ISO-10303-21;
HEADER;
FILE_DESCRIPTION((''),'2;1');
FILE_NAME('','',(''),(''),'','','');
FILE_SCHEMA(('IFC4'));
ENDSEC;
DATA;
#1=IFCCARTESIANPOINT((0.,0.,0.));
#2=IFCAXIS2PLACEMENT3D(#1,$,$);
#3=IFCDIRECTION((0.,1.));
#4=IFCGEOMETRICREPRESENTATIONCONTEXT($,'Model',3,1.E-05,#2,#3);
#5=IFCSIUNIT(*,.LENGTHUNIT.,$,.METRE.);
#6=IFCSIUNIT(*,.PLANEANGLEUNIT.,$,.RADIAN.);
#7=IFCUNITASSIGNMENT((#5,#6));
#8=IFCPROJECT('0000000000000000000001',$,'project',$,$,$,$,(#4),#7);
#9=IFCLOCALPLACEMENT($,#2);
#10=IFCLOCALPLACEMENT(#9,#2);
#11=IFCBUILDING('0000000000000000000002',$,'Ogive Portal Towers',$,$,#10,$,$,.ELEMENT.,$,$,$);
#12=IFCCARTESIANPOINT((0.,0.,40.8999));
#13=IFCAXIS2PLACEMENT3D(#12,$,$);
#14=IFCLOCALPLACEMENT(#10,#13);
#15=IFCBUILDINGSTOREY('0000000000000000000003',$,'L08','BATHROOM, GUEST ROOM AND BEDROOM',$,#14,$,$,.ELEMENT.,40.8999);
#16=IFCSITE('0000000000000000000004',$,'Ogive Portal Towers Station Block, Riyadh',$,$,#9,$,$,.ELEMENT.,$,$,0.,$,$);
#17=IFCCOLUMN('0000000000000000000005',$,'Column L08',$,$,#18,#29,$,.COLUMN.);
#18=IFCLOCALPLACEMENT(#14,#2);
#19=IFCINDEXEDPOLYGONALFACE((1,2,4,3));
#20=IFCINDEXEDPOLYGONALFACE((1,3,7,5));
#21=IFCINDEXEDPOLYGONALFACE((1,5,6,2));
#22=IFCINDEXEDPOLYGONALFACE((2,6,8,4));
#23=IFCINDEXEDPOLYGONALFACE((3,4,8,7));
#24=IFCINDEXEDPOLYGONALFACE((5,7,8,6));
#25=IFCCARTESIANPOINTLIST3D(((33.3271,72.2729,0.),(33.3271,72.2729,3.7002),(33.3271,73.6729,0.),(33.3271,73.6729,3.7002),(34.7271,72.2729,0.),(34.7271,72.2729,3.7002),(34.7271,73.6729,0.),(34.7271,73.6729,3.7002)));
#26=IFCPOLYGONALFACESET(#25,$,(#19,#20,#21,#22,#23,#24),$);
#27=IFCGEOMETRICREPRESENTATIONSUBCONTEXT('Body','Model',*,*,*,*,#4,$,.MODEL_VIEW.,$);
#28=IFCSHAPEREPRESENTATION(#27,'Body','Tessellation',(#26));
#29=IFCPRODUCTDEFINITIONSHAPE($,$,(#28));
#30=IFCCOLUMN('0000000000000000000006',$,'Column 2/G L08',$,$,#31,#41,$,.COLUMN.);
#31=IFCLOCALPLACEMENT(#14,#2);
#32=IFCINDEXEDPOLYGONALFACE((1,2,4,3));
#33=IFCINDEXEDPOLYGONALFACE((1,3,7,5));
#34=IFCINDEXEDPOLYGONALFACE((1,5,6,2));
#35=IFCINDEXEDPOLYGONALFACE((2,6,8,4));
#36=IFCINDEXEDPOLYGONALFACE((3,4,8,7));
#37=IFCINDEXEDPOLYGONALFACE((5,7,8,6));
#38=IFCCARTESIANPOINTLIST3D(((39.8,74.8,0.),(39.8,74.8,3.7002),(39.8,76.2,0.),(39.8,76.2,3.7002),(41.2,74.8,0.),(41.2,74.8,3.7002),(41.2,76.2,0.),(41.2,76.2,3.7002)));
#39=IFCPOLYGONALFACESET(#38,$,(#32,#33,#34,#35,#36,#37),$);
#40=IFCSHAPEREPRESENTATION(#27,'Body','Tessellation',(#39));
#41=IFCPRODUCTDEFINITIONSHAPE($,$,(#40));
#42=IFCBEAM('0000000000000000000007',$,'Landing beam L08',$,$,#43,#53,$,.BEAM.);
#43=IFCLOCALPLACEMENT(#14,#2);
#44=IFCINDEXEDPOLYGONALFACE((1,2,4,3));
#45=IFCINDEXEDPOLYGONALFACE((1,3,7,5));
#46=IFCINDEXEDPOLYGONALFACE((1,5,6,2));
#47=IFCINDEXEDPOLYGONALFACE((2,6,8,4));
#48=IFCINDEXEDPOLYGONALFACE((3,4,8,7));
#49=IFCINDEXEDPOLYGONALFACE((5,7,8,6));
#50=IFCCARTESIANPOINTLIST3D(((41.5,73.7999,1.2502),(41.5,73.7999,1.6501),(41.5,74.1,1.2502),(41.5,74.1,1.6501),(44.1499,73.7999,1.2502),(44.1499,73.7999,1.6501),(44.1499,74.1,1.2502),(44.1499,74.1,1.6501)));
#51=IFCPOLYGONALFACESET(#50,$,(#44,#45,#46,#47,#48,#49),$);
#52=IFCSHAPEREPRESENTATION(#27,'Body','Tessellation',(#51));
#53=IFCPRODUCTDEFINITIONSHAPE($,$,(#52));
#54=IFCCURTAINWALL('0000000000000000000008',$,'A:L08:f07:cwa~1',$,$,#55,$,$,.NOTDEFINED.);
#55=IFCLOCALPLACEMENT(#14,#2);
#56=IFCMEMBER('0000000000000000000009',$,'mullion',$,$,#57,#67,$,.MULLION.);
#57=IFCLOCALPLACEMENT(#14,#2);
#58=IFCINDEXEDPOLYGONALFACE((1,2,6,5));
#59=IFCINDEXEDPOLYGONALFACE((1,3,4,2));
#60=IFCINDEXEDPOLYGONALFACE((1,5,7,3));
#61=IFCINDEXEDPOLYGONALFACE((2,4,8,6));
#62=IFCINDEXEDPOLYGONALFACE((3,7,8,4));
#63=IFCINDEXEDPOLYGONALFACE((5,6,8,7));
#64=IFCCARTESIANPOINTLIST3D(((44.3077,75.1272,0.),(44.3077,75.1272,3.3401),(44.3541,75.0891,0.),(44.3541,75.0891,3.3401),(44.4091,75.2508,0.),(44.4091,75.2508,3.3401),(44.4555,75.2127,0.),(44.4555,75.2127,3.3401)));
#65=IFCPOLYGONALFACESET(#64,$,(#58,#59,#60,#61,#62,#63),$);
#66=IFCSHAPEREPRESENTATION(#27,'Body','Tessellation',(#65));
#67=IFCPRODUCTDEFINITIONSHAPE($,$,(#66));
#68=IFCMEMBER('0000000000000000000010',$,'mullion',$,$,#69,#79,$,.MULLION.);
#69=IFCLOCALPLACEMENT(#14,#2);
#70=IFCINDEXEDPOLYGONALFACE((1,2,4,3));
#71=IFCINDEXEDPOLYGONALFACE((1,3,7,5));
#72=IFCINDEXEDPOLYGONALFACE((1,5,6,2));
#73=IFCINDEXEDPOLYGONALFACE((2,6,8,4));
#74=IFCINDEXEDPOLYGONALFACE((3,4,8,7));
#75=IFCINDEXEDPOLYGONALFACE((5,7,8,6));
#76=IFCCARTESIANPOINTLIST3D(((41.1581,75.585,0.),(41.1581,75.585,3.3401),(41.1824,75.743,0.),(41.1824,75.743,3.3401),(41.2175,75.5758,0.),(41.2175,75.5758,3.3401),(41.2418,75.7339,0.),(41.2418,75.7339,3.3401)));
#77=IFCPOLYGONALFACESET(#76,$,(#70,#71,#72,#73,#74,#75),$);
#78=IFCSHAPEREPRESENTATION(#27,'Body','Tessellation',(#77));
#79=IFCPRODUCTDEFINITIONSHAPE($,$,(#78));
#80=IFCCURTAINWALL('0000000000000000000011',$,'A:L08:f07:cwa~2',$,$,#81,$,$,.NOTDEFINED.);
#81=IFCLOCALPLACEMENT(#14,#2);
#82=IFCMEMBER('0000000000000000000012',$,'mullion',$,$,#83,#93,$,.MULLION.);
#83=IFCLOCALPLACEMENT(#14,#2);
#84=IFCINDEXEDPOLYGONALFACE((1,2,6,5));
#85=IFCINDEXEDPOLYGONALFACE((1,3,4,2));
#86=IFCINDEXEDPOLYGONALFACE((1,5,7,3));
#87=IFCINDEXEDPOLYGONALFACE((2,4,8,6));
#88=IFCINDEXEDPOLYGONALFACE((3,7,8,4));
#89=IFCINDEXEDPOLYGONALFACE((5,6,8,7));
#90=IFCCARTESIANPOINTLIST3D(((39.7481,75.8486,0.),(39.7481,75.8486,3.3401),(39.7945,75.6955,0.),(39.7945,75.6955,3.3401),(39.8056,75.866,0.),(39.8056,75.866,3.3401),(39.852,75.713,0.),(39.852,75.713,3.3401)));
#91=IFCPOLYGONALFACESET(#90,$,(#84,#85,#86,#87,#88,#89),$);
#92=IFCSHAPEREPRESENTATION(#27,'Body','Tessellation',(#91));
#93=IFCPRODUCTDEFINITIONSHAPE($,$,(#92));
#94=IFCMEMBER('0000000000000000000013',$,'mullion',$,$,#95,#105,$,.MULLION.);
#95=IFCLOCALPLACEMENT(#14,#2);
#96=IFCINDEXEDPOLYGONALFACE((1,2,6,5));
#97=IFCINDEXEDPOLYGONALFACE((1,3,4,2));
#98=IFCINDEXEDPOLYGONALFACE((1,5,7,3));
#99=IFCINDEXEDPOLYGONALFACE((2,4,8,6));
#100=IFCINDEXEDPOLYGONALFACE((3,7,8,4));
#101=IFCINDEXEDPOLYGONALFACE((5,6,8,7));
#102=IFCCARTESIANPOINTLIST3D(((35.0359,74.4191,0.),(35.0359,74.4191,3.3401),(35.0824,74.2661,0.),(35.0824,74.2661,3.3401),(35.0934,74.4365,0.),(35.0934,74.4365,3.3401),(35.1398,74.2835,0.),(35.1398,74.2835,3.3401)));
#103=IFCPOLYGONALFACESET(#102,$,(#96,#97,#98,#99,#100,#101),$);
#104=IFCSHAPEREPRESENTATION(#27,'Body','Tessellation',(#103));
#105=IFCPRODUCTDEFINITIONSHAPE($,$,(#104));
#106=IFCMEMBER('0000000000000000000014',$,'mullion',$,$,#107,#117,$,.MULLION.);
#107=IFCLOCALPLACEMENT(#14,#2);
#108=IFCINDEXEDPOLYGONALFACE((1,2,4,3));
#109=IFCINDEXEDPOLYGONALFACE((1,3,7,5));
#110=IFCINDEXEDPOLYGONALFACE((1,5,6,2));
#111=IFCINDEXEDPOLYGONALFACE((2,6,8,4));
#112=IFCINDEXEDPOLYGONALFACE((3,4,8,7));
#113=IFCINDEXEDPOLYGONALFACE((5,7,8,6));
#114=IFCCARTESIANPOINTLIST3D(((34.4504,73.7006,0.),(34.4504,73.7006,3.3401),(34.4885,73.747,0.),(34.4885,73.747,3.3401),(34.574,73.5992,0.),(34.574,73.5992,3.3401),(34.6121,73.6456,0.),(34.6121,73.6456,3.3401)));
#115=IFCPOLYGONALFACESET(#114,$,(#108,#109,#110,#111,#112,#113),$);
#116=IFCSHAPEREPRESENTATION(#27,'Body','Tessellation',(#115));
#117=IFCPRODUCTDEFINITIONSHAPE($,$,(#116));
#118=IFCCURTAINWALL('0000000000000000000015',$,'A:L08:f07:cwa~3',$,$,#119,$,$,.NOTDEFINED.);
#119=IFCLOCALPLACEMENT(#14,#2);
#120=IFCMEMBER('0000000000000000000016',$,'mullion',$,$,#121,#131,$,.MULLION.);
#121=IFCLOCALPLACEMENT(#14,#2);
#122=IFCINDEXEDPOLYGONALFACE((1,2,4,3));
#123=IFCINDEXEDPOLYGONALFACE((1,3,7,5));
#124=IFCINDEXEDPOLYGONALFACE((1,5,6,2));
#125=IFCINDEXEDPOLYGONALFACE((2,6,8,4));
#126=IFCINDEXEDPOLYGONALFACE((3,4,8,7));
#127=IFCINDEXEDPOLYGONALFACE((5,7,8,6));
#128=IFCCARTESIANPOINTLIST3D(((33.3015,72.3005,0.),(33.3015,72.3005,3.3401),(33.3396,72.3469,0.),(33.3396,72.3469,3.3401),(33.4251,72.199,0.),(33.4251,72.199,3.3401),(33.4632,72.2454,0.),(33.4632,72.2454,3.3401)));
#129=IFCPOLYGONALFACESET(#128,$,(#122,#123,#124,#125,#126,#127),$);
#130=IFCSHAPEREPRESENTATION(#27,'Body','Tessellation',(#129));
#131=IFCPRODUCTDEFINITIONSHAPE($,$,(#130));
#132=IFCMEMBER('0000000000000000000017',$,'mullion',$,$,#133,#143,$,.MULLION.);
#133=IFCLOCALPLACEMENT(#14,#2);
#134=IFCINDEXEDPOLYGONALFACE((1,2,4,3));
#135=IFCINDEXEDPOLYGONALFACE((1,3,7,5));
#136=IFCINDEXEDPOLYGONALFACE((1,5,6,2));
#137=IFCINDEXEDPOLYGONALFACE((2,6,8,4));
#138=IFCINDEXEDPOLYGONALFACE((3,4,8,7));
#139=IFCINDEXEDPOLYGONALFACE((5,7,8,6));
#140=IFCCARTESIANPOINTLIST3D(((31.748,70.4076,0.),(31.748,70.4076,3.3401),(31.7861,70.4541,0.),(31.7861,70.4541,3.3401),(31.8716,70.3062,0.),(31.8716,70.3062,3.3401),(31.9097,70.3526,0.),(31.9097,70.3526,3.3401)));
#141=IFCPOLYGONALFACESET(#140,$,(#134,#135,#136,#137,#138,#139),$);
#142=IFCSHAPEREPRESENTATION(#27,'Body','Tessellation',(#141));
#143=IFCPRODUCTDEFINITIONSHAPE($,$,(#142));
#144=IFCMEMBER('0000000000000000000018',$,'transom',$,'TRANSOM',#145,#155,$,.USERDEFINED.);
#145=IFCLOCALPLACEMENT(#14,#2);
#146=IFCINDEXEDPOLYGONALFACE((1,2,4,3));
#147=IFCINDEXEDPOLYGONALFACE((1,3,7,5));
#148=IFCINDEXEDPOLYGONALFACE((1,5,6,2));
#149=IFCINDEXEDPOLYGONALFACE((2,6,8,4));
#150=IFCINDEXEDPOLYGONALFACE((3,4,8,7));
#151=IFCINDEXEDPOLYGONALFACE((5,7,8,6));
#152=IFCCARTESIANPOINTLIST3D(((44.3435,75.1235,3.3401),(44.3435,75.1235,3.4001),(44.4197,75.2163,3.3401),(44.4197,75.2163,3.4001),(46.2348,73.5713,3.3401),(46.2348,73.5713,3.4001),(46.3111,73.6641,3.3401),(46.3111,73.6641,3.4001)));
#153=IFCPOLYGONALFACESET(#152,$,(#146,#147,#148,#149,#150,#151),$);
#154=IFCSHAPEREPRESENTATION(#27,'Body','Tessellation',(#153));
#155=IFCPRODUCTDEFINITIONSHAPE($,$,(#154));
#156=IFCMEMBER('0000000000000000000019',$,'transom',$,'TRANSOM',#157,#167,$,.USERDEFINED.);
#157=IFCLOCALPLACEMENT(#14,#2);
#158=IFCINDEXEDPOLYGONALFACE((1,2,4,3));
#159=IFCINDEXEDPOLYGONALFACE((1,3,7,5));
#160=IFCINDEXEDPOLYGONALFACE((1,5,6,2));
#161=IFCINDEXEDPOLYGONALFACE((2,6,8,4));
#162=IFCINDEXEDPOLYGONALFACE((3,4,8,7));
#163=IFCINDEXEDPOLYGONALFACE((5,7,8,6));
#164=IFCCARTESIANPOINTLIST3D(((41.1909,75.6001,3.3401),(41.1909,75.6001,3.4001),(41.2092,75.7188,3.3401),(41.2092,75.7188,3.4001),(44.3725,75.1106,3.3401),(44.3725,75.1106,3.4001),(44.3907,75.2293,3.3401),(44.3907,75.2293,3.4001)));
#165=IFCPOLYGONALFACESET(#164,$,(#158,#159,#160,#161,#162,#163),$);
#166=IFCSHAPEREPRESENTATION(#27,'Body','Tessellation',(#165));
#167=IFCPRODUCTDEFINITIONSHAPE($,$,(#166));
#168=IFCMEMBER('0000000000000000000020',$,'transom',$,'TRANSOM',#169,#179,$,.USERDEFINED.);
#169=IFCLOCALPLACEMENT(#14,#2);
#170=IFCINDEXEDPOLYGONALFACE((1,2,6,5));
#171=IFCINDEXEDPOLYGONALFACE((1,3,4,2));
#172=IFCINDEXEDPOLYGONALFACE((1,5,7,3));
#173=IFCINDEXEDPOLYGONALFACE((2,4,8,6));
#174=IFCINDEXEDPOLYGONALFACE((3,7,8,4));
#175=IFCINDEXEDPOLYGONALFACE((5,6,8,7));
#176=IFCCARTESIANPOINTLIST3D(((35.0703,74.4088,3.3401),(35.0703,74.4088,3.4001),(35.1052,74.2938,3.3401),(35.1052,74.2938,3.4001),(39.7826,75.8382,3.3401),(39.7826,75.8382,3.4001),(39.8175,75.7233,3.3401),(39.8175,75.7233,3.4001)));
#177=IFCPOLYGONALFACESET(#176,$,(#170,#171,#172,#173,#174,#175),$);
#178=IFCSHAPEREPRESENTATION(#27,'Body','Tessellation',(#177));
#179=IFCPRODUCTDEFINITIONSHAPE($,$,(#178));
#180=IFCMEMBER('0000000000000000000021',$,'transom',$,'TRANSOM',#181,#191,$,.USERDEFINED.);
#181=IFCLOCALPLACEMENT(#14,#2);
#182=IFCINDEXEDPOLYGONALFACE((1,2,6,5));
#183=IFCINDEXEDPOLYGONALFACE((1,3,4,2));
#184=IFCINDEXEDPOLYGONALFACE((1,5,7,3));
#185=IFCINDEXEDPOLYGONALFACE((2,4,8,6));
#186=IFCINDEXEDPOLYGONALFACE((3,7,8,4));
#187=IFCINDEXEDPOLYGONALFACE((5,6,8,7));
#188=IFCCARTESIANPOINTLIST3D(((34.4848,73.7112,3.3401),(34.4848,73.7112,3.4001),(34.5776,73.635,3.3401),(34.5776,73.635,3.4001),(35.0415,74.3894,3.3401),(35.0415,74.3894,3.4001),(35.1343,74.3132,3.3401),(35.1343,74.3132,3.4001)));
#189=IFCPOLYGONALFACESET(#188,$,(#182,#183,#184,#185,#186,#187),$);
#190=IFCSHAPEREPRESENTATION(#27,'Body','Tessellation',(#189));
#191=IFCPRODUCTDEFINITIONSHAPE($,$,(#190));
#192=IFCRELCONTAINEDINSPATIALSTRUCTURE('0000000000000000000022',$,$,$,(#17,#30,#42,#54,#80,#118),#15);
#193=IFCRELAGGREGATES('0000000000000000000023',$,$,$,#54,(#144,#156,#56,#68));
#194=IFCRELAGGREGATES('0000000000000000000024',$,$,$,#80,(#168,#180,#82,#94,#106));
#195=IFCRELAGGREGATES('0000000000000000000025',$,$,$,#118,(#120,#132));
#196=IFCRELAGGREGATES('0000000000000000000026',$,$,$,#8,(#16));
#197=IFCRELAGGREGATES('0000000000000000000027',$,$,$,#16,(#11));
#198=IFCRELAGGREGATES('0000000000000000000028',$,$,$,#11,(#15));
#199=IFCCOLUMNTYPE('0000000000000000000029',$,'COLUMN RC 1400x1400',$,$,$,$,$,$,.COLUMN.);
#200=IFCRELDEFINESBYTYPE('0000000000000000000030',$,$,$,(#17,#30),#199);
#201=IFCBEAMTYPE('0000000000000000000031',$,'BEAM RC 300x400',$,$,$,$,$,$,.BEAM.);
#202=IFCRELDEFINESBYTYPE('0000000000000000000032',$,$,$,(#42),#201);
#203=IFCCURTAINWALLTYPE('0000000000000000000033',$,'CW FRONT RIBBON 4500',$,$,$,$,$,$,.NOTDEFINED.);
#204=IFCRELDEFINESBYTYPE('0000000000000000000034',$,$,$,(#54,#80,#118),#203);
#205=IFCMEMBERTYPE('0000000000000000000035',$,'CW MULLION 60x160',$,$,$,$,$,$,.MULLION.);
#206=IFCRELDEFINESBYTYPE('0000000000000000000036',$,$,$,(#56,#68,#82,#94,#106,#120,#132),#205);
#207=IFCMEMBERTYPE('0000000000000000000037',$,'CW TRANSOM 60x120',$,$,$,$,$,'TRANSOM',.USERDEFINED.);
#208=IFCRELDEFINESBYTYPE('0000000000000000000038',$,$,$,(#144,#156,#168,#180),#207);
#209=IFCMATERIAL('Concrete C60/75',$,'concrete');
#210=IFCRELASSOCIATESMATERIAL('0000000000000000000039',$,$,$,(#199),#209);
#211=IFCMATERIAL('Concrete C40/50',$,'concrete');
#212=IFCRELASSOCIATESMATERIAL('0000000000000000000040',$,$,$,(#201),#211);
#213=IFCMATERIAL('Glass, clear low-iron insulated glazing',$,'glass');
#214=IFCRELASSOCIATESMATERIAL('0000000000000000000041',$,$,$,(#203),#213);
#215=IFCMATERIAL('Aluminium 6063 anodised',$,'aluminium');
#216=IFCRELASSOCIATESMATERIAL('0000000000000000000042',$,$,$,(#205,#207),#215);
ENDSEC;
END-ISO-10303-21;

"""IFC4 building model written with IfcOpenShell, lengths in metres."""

from ifc_helpers import new_model, si_unit, direction, frame, origin, origin_2d, place, context, subcontext, project, spatial, rectangle, extrude, material, material_profile, profile_set, type_object, element, aggregate, save


model = new_model("IFC4")

# Units and contexts
model_context = context("Model", 3, precision=1e-05, world=origin(), true_north=direction((0.0, 1.0)))
body_context = subcontext(model_context, "Body", "Model", "MODEL_VIEW")
ifc_project = project(units=[si_unit("LENGTHUNIT", "METRE"), si_unit("PLANEANGLEUNIT", "RADIAN")], contexts=[model_context])

# Site, building, storey
site_placement = place(None, origin())
site = spatial("IfcSite", under=ifc_project, at=site_placement, Name="Ogive Portal Towers Station Block, Riyadh", CompositionType="ELEMENT", RefElevation=0.0)
building_placement = place(site_placement, origin())
building = spatial("IfcBuilding", under=site, at=building_placement, Name="Ogive Portal Towers", CompositionType="ELEMENT")
storey_placement = place(building_placement, frame((0.0, 0.0, 40.8999)))
storey = spatial("IfcBuildingStorey", under=building, at=storey_placement, Name="L08", Description="BATHROOM, GUEST ROOM AND BEDROOM", CompositionType="ELEMENT", Elevation=40.8999)

# Columns
ifc_material_1 = material(Name="Concrete C60/75", Category="concrete")
ifc_material_profile_1 = material_profile(ifc_material_1, rectangle(XDim=1.3999, YDim=1.3999, at=origin_2d()), Name="RC 1400x1400")
ifc_profile_set_1 = profile_set([ifc_material_profile_1], Name="Concrete C60/75")
column_type = type_object("IfcColumnType", Name="COLUMN RC 1400x1400", PredefinedType="COLUMN", material=ifc_profile_set_1)
for number, where, z_axis, x_axis, name in (
    (1, (34.0271, 72.9729, 0.0), (0.0, 0.0, 1.0), (1.0, 0.0, 0.0), "Column L08"),
    (2, (40.5, 75.5, 0.0), (0.0, 0.0, 1.0), (1.0, 0.0, 0.0), "Column 2/G L08"),
):
    element("IfcColumn", number, at=place(storey_placement, frame(where, z_axis=z_axis, x_axis=x_axis)), inside=storey, type_object=column_type, Name=name, PredefinedType="COLUMN", context=body_context, shape_type="SweptSolid", body=[
        extrude(rectangle(XDim=1.3999, YDim=1.3999, at=origin_2d()), origin(), (0.0, 0.0, 1.0), 3.7002),
    ])

# Beam
ifc_material_2 = material(Name="Concrete C40/50", Category="concrete")
ifc_material_profile_2 = material_profile(ifc_material_2, rectangle(XDim=0.3, YDim=0.3999, at=origin_2d()), Name="RC 300x400")
ifc_profile_set_2 = profile_set([ifc_material_profile_2], Name="Concrete C40/50")
beam_type = type_object("IfcBeamType", Name="BEAM RC 300x400", PredefinedType="BEAM", material=ifc_profile_set_2)
beam_placement = place(storey_placement, frame((41.5, 73.95, 1.4502), z_axis=(1.0, 0.0, 0.0), x_axis=(0.0, 1.0, 0.0)))
element("IfcBeam", 3, at=beam_placement, inside=storey, type_object=beam_type, Name="Landing beam L08", PredefinedType="BEAM", context=body_context, shape_type="SweptSolid", body=[
    extrude(rectangle(XDim=0.3, YDim=0.3999, at=origin_2d()), origin(), (0.0, 0.0, 1.0), 2.6499),
])

# Curtain walls, members
ifc_material_3 = material(Name="Glass, clear low-iron insulated glazing", Category="glass")
curtain_wall_type = type_object("IfcCurtainWallType", Name="CW FRONT RIBBON 4500", PredefinedType="NOTDEFINED", material=ifc_material_3)
curtain_wall_1_placement = place(storey_placement, origin())
curtain_wall_1 = element("IfcCurtainWall", 4, at=curtain_wall_1_placement, inside=storey, type_object=curtain_wall_type, Name="A:L08:f07:cwa~1", PredefinedType="NOTDEFINED")
ifc_material_4 = material(Name="Aluminium 6063 anodised", Category="aluminium")
ifc_material_profile_3 = material_profile(ifc_material_4, rectangle(XDim=0.1599, YDim=0.0601, at=origin_2d()), Name="AL 60x160")
ifc_profile_set_3 = profile_set([ifc_material_profile_3], Name="Aluminium 6063 anodised")
member_type_1 = type_object("IfcMemberType", Name="CW MULLION 60x160", PredefinedType="MULLION", material=ifc_profile_set_3)
member_1_placement = place(storey_placement, frame((44.3816, 75.1699, 0.0), z_axis=(0.0, 0.0, 1.0), x_axis=(-0.634393, -0.77301, 0.0)))
member_1 = element("IfcMember", 5, at=member_1_placement, type_object=member_type_1, Name="mullion", PredefinedType="MULLION", context=body_context, shape_type="SweptSolid", body=[
    extrude(rectangle(XDim=0.1599, YDim=0.0601, at=origin_2d()), origin(), (0.0, 0.0, 1.0), 3.3401),
])
member_2_placement = place(storey_placement, frame((41.2, 75.6594, 0.0), z_axis=(0.0, 0.0, 1.0), x_axis=(-0.152074, -0.988369, 0.0)))
member_2 = element("IfcMember", 6, at=member_2_placement, type_object=member_type_1, Name="mullion", PredefinedType="MULLION", context=body_context, shape_type="SweptSolid", body=[
    extrude(rectangle(XDim=0.1599, YDim=0.0601, at=origin_2d()), origin(), (0.0, 0.0, 1.0), 3.3401),
])
curtain_wall_2_placement = place(storey_placement, origin())
curtain_wall_2 = element("IfcCurtainWall", 7, at=curtain_wall_2_placement, inside=storey, type_object=curtain_wall_type, Name="A:L08:f07:cwa~2", PredefinedType="NOTDEFINED")
member_3_placement = place(storey_placement, frame((39.8, 75.7808, 0.0), z_axis=(0.0, 0.0, 1.0), x_axis=(0.290285, -0.95694, 0.0)))
member_3 = element("IfcMember", 8, at=member_3_placement, type_object=member_type_1, Name="mullion", PredefinedType="MULLION", context=body_context, shape_type="SweptSolid", body=[
    extrude(rectangle(XDim=0.1599, YDim=0.0601, at=origin_2d()), origin(), (0.0, 0.0, 1.0), 3.3401),
])
member_4_placement = place(storey_placement, frame((35.0879, 74.3513, 0.0), z_axis=(0.0, 0.0, 1.0), x_axis=(0.290285, -0.95694, 0.0)))
member_4 = element("IfcMember", 9, at=member_4_placement, type_object=member_type_1, Name="mullion", PredefinedType="MULLION", context=body_context, shape_type="SweptSolid", body=[
    extrude(rectangle(XDim=0.1599, YDim=0.0601, at=origin_2d()), origin(), (0.0, 0.0, 1.0), 3.3401),
])
member_5_placement = place(storey_placement, frame((34.5312, 73.6731, 0.0), z_axis=(0.0, 0.0, 1.0), x_axis=(0.77301, -0.634393, 0.0)))
member_5 = element("IfcMember", 10, at=member_5_placement, type_object=member_type_1, Name="mullion", PredefinedType="MULLION", context=body_context, shape_type="SweptSolid", body=[
    extrude(rectangle(XDim=0.1599, YDim=0.0601, at=origin_2d()), origin(), (0.0, 0.0, 1.0), 3.3401),
])
curtain_wall_3_placement = place(storey_placement, origin())
curtain_wall_3 = element("IfcCurtainWall", 11, at=curtain_wall_3_placement, inside=storey, type_object=curtain_wall_type, Name="A:L08:f07:cwa~3", PredefinedType="NOTDEFINED")
member_6_placement = place(storey_placement, frame((33.3823, 72.2729, 0.0), z_axis=(0.0, 0.0, 1.0), x_axis=(0.77301, -0.634393, 0.0)))
member_6 = element("IfcMember", 12, at=member_6_placement, type_object=member_type_1, Name="mullion", PredefinedType="MULLION", context=body_context, shape_type="SweptSolid", body=[
    extrude(rectangle(XDim=0.1599, YDim=0.0601, at=origin_2d()), origin(), (0.0, 0.0, 1.0), 3.3401),
])
member_7_placement = place(storey_placement, frame((31.8289, 70.3801, 0.0), z_axis=(0.0, 0.0, 1.0), x_axis=(0.77301, -0.634393, 0.0)))
member_7 = element("IfcMember", 13, at=member_7_placement, type_object=member_type_1, Name="mullion", PredefinedType="MULLION", context=body_context, shape_type="SweptSolid", body=[
    extrude(rectangle(XDim=0.1599, YDim=0.0601, at=origin_2d()), origin(), (0.0, 0.0, 1.0), 3.3401),
])

# Members
ifc_material_profile_4 = material_profile(ifc_material_4, rectangle(XDim=0.1201, YDim=0.0601, at=origin_2d()), Name="AL 120x60")
ifc_profile_set_4 = profile_set([ifc_material_profile_4], Name="Aluminium 6063 anodised")
member_type_2 = type_object("IfcMemberType", Name="CW TRANSOM 60x120", ElementType="TRANSOM", PredefinedType="USERDEFINED", material=ifc_profile_set_4)
member_8_placement = place(storey_placement, frame((46.2729, 73.6177, 3.3701), z_axis=(-0.773001, 0.634405, 0.0), x_axis=(-0.634405, -0.773001, 0.0)))
member_8 = element("IfcMember", 14, at=member_8_placement, type_object=member_type_2, Name="transom", ObjectType="TRANSOM", PredefinedType="USERDEFINED", context=body_context, shape_type="SweptSolid", body=[
    extrude(rectangle(XDim=0.1201, YDim=0.0601, at=origin_2d()), origin(), (0.0, 0.0, 1.0), 2.4468),
])
member_9_placement = place(storey_placement, frame((44.3816, 75.1699, 3.3701), z_axis=(-0.988371, 0.152063, 0.0), x_axis=(-0.152063, -0.988371, 0.0)))
member_9 = element("IfcMember", 15, at=member_9_placement, type_object=member_type_2, Name="transom", ObjectType="TRANSOM", PredefinedType="USERDEFINED", context=body_context, shape_type="SweptSolid", body=[
    extrude(rectangle(XDim=0.1201, YDim=0.0601, at=origin_2d()), origin(), (0.0, 0.0, 1.0), 3.219),
])
member_10_placement = place(storey_placement, frame((39.8, 75.7808, 3.3701), z_axis=(-0.956939, -0.290289, 0.0), x_axis=(0.290289, -0.956939, 0.0)))
member_10 = element("IfcMember", 16, at=member_10_placement, type_object=member_type_2, Name="transom", ObjectType="TRANSOM", PredefinedType="USERDEFINED", context=body_context, shape_type="SweptSolid", body=[
    extrude(rectangle(XDim=0.1201, YDim=0.0601, at=origin_2d()), origin(), (0.0, 0.0, 1.0), 4.9243),
])
member_11_placement = place(storey_placement, frame((35.0879, 74.3513, 3.3701), z_axis=(-0.634419, -0.772989, 0.0), x_axis=(0.772989, -0.634419, 0.0)))
member_11 = element("IfcMember", 17, at=member_11_placement, type_object=member_type_2, Name="transom", ObjectType="TRANSOM", PredefinedType="USERDEFINED", context=body_context, shape_type="SweptSolid", body=[
    extrude(rectangle(XDim=0.1201, YDim=0.0601, at=origin_2d()), origin(), (0.0, 0.0, 1.0), 0.8774),
])

aggregate(curtain_wall_1, [member_8, member_9, member_1, member_2])
aggregate(curtain_wall_2, [member_10, member_11, member_3, member_4, member_5])
aggregate(curtain_wall_3, [member_6, member_7])

save(model, "model.ifc")
